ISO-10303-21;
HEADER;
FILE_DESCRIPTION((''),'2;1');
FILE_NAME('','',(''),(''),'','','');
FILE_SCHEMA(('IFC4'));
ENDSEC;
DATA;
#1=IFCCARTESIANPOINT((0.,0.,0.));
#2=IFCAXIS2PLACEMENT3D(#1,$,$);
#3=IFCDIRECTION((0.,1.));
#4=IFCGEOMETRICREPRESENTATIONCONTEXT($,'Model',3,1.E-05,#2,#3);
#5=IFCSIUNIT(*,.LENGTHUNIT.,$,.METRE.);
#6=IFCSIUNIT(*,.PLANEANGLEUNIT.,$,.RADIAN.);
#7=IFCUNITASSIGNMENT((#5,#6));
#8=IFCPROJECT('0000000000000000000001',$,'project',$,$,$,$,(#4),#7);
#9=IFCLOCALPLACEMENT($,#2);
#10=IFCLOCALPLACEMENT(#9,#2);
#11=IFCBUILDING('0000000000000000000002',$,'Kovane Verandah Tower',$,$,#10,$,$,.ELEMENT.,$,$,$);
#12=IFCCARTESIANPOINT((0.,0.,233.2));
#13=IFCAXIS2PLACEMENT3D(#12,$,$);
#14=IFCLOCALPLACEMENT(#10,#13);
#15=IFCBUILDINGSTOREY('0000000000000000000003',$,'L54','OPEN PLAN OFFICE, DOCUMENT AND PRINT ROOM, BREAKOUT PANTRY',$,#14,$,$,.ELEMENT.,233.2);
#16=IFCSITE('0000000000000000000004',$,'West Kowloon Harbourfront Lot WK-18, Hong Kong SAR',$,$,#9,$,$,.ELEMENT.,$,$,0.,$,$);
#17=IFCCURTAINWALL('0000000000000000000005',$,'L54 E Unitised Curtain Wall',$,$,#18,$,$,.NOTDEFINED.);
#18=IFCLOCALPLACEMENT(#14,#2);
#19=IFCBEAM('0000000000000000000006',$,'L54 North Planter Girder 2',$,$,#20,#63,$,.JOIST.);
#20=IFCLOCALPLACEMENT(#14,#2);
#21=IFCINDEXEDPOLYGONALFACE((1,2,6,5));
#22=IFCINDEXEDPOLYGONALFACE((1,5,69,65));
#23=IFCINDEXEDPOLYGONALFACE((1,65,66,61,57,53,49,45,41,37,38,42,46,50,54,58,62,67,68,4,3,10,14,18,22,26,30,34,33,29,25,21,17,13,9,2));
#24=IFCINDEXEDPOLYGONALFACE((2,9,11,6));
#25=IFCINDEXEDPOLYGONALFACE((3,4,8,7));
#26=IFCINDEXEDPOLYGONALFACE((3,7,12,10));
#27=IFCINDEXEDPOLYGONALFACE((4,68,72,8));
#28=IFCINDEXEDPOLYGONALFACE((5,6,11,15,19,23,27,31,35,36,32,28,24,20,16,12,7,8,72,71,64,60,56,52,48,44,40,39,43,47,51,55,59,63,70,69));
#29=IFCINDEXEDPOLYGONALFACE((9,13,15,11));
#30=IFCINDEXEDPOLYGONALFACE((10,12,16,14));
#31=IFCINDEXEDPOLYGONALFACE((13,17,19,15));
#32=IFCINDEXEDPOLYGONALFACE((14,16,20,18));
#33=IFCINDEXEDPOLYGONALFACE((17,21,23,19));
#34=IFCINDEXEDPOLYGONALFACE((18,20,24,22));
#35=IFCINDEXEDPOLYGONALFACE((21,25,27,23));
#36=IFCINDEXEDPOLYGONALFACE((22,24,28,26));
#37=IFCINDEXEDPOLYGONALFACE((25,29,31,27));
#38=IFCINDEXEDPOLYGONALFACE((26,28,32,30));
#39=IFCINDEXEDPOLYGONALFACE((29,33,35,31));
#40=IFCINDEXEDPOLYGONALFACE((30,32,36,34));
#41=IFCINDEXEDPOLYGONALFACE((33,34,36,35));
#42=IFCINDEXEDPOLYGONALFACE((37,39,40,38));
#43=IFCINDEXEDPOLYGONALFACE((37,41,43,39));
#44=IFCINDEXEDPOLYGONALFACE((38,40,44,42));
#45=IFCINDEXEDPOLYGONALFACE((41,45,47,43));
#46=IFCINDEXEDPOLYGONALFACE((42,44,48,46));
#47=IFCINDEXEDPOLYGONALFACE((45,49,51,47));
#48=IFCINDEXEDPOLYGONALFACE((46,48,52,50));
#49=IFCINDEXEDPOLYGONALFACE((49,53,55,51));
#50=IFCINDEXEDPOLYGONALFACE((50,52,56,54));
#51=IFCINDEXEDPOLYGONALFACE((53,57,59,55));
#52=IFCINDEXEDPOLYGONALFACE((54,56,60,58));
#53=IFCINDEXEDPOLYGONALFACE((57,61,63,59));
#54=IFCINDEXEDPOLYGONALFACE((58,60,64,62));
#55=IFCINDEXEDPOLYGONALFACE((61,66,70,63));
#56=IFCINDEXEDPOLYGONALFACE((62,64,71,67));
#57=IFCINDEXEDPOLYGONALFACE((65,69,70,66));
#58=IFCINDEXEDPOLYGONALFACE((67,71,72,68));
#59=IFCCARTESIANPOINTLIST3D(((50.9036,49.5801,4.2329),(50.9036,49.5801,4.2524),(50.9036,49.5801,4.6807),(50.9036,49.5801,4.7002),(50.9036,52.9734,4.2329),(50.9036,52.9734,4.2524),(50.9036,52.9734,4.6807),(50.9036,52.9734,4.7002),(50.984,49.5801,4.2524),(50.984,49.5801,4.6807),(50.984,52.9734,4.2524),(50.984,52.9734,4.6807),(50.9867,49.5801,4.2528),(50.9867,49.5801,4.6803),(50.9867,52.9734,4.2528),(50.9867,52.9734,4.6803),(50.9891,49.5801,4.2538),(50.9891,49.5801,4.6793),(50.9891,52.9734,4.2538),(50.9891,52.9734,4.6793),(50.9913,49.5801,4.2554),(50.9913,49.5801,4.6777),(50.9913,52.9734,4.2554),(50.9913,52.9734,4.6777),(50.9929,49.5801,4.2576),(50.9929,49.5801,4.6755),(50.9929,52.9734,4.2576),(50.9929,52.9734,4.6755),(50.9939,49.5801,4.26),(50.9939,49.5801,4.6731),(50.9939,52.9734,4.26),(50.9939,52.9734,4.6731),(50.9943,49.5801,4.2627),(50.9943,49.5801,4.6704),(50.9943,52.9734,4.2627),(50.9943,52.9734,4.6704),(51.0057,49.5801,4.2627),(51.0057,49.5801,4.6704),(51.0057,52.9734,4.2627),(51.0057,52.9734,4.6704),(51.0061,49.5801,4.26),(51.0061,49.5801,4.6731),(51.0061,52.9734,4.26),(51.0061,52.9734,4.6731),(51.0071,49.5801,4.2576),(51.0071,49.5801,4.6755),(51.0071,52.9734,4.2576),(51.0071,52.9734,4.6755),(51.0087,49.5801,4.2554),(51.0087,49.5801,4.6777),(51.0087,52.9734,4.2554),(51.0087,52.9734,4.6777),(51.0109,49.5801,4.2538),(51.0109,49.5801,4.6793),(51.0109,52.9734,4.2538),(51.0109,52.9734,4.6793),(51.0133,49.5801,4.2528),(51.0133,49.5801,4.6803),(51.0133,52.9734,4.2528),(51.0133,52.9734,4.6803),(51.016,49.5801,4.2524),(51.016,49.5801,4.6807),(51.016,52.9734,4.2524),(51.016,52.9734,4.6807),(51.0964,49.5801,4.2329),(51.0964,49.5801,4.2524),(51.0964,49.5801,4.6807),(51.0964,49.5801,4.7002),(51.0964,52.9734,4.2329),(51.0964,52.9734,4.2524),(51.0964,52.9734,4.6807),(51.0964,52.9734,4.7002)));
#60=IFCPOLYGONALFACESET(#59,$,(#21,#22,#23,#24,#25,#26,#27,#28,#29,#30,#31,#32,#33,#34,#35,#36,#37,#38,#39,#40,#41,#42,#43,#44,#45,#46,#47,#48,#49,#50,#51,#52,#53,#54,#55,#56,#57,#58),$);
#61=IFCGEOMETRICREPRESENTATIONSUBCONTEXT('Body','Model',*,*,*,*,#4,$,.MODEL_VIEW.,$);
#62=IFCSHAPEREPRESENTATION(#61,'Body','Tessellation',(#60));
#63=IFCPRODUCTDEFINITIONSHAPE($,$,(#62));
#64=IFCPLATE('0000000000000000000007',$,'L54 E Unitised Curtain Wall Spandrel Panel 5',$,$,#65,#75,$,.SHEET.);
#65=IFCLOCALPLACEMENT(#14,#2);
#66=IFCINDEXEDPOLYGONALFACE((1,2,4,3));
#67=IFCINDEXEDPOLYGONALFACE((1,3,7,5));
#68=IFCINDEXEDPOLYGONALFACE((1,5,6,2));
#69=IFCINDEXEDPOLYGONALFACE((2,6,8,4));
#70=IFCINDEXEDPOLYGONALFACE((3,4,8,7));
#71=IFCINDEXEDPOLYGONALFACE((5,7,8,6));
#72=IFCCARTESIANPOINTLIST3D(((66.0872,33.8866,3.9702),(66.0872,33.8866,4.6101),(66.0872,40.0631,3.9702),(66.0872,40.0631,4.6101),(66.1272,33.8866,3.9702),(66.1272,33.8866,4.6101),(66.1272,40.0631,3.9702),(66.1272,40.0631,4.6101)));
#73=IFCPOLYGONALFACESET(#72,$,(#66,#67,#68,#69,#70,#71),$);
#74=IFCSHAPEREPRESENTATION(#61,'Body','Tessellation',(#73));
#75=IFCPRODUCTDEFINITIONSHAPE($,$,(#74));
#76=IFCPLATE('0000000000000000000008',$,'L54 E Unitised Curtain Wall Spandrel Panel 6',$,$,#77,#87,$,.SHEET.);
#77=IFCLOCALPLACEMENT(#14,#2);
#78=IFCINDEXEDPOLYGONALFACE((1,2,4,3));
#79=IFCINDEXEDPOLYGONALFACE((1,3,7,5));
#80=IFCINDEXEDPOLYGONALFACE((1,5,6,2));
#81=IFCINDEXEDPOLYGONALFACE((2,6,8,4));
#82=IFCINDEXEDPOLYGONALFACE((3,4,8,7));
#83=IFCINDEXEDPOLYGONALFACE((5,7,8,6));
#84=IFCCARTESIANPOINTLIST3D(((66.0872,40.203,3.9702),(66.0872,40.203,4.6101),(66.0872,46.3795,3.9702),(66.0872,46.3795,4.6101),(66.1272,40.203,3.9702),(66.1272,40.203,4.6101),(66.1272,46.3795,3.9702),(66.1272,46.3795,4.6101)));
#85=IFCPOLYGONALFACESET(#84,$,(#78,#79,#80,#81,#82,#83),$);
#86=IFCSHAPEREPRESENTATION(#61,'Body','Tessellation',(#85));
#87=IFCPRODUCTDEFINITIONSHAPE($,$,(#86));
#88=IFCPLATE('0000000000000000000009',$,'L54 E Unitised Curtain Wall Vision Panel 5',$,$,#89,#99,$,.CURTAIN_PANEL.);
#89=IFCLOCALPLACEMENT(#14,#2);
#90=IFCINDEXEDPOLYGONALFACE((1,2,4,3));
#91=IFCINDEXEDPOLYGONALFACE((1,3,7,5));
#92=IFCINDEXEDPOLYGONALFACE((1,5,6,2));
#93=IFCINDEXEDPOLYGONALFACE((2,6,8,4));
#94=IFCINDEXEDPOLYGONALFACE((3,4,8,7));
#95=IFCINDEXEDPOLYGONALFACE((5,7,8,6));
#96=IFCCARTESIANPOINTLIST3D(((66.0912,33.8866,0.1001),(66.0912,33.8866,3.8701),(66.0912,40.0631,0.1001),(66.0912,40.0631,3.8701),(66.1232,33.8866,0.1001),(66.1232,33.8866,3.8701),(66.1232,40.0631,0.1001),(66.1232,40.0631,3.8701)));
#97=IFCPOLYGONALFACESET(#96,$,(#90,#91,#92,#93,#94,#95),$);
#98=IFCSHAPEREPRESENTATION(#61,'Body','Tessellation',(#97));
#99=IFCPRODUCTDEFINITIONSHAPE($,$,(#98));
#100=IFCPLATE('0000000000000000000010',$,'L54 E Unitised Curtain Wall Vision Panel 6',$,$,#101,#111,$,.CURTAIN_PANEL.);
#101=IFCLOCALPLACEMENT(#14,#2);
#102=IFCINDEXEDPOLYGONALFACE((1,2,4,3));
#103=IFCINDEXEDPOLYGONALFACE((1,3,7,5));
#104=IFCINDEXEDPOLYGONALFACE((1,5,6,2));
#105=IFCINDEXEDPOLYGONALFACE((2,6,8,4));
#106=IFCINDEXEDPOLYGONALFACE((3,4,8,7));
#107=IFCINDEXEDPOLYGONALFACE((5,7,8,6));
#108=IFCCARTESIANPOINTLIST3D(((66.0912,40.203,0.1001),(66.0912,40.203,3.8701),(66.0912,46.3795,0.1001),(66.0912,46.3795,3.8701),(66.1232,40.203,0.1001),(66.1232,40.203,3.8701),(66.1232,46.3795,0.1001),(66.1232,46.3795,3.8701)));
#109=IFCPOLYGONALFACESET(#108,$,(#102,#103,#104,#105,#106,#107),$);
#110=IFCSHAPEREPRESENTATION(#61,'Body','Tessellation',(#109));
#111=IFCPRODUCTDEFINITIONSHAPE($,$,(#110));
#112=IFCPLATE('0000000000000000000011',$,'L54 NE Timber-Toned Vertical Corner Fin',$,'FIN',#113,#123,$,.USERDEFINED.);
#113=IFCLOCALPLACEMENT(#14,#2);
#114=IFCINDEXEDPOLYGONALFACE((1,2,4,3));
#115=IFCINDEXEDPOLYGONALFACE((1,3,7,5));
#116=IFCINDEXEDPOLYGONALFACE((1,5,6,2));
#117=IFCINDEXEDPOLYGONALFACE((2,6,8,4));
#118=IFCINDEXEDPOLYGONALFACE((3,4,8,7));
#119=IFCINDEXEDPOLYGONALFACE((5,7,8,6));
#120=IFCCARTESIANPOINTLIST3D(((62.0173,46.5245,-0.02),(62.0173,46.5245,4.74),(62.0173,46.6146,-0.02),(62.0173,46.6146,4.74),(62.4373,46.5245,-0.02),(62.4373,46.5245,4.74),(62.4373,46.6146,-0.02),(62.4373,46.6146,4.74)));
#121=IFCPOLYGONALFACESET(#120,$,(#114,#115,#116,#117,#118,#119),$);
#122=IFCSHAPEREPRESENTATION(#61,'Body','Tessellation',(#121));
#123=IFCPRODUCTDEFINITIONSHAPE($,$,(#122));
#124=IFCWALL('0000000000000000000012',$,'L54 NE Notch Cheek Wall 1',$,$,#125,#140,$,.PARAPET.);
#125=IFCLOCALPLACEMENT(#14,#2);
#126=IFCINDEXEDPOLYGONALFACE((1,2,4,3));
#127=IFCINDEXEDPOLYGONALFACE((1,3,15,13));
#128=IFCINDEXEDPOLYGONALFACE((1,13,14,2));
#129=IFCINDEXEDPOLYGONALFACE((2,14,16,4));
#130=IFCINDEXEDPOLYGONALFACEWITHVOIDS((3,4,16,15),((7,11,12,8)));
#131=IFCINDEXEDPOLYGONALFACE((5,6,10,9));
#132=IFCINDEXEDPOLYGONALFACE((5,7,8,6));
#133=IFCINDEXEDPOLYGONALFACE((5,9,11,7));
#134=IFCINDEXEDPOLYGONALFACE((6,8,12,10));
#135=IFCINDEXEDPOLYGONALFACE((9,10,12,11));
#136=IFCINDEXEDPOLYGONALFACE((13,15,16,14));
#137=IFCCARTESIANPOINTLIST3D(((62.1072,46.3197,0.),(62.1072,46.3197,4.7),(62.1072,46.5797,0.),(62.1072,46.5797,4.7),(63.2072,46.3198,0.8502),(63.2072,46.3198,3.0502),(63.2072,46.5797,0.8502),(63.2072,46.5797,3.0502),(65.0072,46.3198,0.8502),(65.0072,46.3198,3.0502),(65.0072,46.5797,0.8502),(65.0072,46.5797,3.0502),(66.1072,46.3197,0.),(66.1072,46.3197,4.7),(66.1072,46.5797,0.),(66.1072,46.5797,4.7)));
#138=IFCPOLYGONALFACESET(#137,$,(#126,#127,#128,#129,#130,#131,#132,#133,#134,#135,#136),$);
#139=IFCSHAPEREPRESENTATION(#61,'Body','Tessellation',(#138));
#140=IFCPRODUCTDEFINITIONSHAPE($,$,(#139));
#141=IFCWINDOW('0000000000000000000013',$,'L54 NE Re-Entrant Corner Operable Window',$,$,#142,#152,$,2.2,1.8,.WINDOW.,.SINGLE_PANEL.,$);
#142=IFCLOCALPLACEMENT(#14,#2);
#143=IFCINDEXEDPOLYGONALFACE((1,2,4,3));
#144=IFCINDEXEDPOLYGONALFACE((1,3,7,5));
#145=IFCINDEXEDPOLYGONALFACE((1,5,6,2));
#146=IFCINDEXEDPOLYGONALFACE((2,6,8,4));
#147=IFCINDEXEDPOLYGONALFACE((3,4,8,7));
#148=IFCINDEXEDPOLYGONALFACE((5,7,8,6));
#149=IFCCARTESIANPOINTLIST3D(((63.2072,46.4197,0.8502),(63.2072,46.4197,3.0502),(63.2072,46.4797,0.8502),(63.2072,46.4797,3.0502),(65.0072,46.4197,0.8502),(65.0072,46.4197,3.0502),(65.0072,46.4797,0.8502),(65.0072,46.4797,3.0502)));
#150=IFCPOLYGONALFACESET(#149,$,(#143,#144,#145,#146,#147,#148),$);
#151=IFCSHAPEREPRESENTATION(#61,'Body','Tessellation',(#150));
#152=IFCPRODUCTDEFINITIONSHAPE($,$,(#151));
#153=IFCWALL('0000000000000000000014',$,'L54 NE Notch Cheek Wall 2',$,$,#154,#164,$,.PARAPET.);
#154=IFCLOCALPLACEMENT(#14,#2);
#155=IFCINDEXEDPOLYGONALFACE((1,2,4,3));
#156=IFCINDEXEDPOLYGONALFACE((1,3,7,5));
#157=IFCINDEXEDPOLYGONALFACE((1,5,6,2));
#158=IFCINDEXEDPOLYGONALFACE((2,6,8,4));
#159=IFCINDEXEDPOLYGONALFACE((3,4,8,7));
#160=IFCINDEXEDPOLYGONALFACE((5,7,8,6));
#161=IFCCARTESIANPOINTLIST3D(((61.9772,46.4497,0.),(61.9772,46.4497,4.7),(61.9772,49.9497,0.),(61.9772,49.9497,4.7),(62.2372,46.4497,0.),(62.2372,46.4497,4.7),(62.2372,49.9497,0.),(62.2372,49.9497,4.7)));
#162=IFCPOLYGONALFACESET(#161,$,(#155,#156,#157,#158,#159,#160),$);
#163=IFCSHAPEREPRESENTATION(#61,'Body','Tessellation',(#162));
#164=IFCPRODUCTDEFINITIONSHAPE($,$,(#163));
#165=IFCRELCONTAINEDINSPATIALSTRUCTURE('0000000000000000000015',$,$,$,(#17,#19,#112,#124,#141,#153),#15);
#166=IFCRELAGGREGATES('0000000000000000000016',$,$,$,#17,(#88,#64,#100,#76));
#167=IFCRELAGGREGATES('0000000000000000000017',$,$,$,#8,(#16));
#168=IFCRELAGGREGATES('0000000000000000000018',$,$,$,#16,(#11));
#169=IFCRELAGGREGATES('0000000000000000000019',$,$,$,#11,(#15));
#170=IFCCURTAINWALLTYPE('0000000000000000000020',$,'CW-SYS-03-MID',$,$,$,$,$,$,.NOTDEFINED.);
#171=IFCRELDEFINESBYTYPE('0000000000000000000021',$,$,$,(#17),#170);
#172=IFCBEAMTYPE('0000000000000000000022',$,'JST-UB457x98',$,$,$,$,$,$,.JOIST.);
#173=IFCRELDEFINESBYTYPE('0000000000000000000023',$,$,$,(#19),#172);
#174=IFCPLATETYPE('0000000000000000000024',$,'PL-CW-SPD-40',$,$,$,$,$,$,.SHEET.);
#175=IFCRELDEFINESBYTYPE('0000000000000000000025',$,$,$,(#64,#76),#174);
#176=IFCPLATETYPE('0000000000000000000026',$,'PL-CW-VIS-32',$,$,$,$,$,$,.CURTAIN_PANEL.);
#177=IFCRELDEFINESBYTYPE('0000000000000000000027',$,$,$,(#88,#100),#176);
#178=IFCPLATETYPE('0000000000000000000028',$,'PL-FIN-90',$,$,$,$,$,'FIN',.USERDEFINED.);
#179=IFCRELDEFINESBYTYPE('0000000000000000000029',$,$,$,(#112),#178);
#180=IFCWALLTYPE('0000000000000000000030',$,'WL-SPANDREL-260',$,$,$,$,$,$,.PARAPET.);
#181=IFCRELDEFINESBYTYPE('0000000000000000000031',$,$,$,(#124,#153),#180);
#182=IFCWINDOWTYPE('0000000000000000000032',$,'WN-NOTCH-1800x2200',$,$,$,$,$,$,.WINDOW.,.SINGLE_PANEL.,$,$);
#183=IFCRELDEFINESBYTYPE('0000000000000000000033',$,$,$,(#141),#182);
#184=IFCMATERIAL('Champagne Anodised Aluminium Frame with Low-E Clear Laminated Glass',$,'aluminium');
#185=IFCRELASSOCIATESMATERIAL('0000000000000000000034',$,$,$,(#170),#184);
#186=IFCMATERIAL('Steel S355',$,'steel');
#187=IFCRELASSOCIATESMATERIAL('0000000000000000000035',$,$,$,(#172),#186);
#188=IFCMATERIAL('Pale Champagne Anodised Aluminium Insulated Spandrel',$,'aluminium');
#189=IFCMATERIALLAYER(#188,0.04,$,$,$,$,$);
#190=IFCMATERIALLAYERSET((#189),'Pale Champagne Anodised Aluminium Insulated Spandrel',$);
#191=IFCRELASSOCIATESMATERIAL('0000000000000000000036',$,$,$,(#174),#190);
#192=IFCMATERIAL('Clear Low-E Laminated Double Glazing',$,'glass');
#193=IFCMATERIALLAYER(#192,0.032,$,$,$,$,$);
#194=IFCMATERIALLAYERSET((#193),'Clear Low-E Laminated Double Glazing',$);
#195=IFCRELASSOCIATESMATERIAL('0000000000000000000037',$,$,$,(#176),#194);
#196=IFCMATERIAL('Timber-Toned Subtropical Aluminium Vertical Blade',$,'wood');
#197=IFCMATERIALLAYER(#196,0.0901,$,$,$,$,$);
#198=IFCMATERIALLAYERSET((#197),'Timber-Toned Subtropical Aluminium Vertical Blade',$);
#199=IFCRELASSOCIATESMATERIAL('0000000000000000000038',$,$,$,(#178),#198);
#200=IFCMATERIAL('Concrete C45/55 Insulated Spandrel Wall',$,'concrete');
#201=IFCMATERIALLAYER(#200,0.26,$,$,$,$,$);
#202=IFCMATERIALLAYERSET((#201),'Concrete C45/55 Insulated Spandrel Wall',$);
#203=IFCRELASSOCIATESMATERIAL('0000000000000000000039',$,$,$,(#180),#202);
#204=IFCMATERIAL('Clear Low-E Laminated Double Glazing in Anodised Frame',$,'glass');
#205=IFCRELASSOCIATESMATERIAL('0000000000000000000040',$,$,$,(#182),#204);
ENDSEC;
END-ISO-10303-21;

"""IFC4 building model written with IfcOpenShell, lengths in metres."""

from ifc_helpers import new_model, si_unit, direction, frame, frame_2d, origin, origin_2d, place, context, subcontext, project, spatial, rectangle, i_section, extrude, material, layer, layer_set, material_profile, profile_set, type_object, element, fill, aggregate, save


model = new_model("IFC4")

# Units and contexts
model_context = context("Model", 3, precision=1e-05, world=origin(), true_north=direction((0.0, 1.0)))
body_context = subcontext(model_context, "Body", "Model", "MODEL_VIEW")
ifc_project = project(units=[si_unit("LENGTHUNIT", "METRE"), si_unit("PLANEANGLEUNIT", "RADIAN")], contexts=[model_context])

# Site, building, storey
site_placement = place(None, origin())
site = spatial("IfcSite", under=ifc_project, at=site_placement, Name="West Kowloon Harbourfront Lot WK-18, Hong Kong SAR", CompositionType="ELEMENT", RefElevation=0.0)
building_placement = place(site_placement, origin())
building = spatial("IfcBuilding", under=site, at=building_placement, Name="Kovane Verandah Tower", CompositionType="ELEMENT")
storey_placement = place(building_placement, frame((0.0, 0.0, 233.2)))
storey = spatial("IfcBuildingStorey", under=building, at=storey_placement, Name="L54", Description="OPEN PLAN OFFICE, DOCUMENT AND PRINT ROOM, BREAKOUT PANTRY", CompositionType="ELEMENT", Elevation=233.2)

# Shared definitions
ifc_material_1 = material(Name="Steel S355", Category="steel")

# Curtain wall
ifc_material_2 = material(Name="Champagne Anodised Aluminium Frame with Low-E Clear Laminated Glass", Category="aluminium")
curtain_wall_type = type_object("IfcCurtainWallType", Name="CW-SYS-03-MID", PredefinedType="NOTDEFINED", material=ifc_material_2)
curtain_wall_placement = place(storey_placement, origin())
curtain_wall = element("IfcCurtainWall", 1, at=curtain_wall_placement, inside=storey, type_object=curtain_wall_type, Name="L54 E Unitised Curtain Wall", PredefinedType="NOTDEFINED")

# Beam
ifc_material_profile_1 = material_profile(ifc_material_1, i_section(OverallWidth=0.1929, OverallDepth=0.4673, WebThickness=0.0115, FlangeThickness=0.0195, FilletRadius=0.0103, at=origin_2d()), Name="UB457x191x98")
ifc_profile_set_1 = profile_set([ifc_material_profile_1], Name="Steel S355")
beam_type_1 = type_object("IfcBeamType", Name="JST-UB457x98", PredefinedType="JOIST", material=ifc_profile_set_1)
beam_1_placement = place(storey_placement, frame((51.0, 49.5801, 4.4666), z_axis=(0.0, 1.0, 0.0), x_axis=(-1.0, 0.0, 0.0)))
element("IfcBeam", 2, at=beam_1_placement, inside=storey, type_object=beam_type_1, Name="L54 North Planter Girder 2", PredefinedType="JOIST", context=body_context, shape_type="SweptSolid", body=[
    extrude(i_section(OverallWidth=0.1929, OverallDepth=0.4673, WebThickness=0.0115, FlangeThickness=0.0195, FilletRadius=0.0103, at=origin_2d()), origin(), (0.0, 0.0, 1.0), 3.3933),
])

# Plates
ifc_material_3 = material(Name="Pale Champagne Anodised Aluminium Insulated Spandrel", Category="aluminium")
ifc_layer_1 = layer(ifc_material_3, 0.04)
ifc_layer_set_1 = layer_set([ifc_layer_1], Name="Pale Champagne Anodised Aluminium Insulated Spandrel")
plate_type_1 = type_object("IfcPlateType", Name="PL-CW-SPD-40", PredefinedType="SHEET", material=ifc_layer_set_1)
plate_1_placement = place(storey_placement, frame((66.1072, 36.9749, 3.9702), z_axis=(0.0, 0.0, 1.0), x_axis=(0.0, 1.0, 0.0)))
plate_1 = element("IfcPlate", 3, at=plate_1_placement, type_object=plate_type_1, Name="L54 E Unitised Curtain Wall Spandrel Panel 5", PredefinedType="SHEET", context=body_context, shape_type="SweptSolid", body=[
    extrude(rectangle(XDim=6.1765, YDim=0.04, at=origin_2d()), origin(), (0.0, 0.0, 1.0), 0.6399),
])
plate_2_placement = place(storey_placement, frame((66.1072, 43.2913, 3.9702), z_axis=(0.0, 0.0, 1.0), x_axis=(0.0, 1.0, 0.0)))
plate_2 = element("IfcPlate", 4, at=plate_2_placement, type_object=plate_type_1, Name="L54 E Unitised Curtain Wall Spandrel Panel 6", PredefinedType="SHEET", context=body_context, shape_type="SweptSolid", body=[
    extrude(rectangle(XDim=6.1765, YDim=0.04, at=origin_2d()), origin(), (0.0, 0.0, 1.0), 0.6399),
])
ifc_material_4 = material(Name="Clear Low-E Laminated Double Glazing", Category="glass")
ifc_layer_2 = layer(ifc_material_4, 0.032)
ifc_layer_set_2 = layer_set([ifc_layer_2], Name="Clear Low-E Laminated Double Glazing")
plate_type_2 = type_object("IfcPlateType", Name="PL-CW-VIS-32", PredefinedType="CURTAIN_PANEL", material=ifc_layer_set_2)
plate_3_placement = place(storey_placement, frame((66.1072, 36.9749, 0.1001), z_axis=(0.0, 0.0, 1.0), x_axis=(0.0, 1.0, 0.0)))
plate_3 = element("IfcPlate", 5, at=plate_3_placement, type_object=plate_type_2, Name="L54 E Unitised Curtain Wall Vision Panel 5", PredefinedType="CURTAIN_PANEL", context=body_context, shape_type="SweptSolid", body=[
    extrude(rectangle(XDim=6.1765, YDim=0.032, at=origin_2d()), origin(), (0.0, 0.0, 1.0), 3.77),
])
plate_4_placement = place(storey_placement, frame((66.1072, 43.2913, 0.1001), z_axis=(0.0, 0.0, 1.0), x_axis=(0.0, 1.0, 0.0)))
plate_4 = element("IfcPlate", 6, at=plate_4_placement, type_object=plate_type_2, Name="L54 E Unitised Curtain Wall Vision Panel 6", PredefinedType="CURTAIN_PANEL", context=body_context, shape_type="SweptSolid", body=[
    extrude(rectangle(XDim=6.1765, YDim=0.032, at=origin_2d()), origin(), (0.0, 0.0, 1.0), 3.77),
])
aggregate(curtain_wall, [plate_3, plate_1, plate_4, plate_2])
ifc_material_5 = material(Name="Timber-Toned Subtropical Aluminium Vertical Blade", Category="wood")
ifc_layer_3 = layer(ifc_material_5, 0.0901)
ifc_layer_set_3 = layer_set([ifc_layer_3], Name="Timber-Toned Subtropical Aluminium Vertical Blade")
plate_type_3 = type_object("IfcPlateType", Name="PL-FIN-90", ElementType="FIN", PredefinedType="USERDEFINED", material=ifc_layer_set_3)
plate_5_placement = place(storey_placement, frame((62.2273, 46.5696, -0.02), z_axis=(0.0, 0.0, 1.0), x_axis=(1.0, 0.0, 0.0)))
element("IfcPlate", 7, at=plate_5_placement, inside=storey, type_object=plate_type_3, Name="L54 NE Timber-Toned Vertical Corner Fin", ObjectType="FIN", PredefinedType="USERDEFINED", context=body_context, shape_type="SweptSolid", body=[
    extrude(rectangle(XDim=0.4199, YDim=0.0901, at=origin_2d()), origin(), (0.0, 0.0, 1.0), 4.76),
])

# Shared definitions
ifc_material_6 = material(Name="Concrete C45/55 Insulated Spandrel Wall", Category="concrete")
ifc_layer_4 = layer(ifc_material_6, 0.26)
ifc_layer_set_4 = layer_set([ifc_layer_4], Name="Concrete C45/55 Insulated Spandrel Wall")
wall_type = type_object("IfcWallType", Name="WL-SPANDREL-260", PredefinedType="PARAPET", material=ifc_layer_set_4)
ifc_material_7 = material(Name="Clear Low-E Laminated Double Glazing in Anodised Frame", Category="glass")

# Wall, opening, window
wall_1_placement = place(storey_placement, frame((66.1072, 46.4497, 0.0), z_axis=(0.0, 0.0, 1.0), x_axis=(-1.0, 0.0, 0.0)))
wall_1 = element("IfcWall", 8, at=wall_1_placement, inside=storey, type_object=wall_type, Name="L54 NE Notch Cheek Wall 1", PredefinedType="PARAPET", context=body_context, shape_type="SweptSolid", body=[
    extrude(rectangle(XDim=4.0, YDim=0.26, at=frame_2d((2.0, 0.0))), origin(), (0.0, 0.0, 1.0), 4.7),
])
opening_1_placement = place(wall_1_placement, frame((1.1001, 0.0, 0.8501)))
opening_1 = element("IfcOpeningElement", 9, at=opening_1_placement, cuts=wall_1, PredefinedType="OPENING", context=body_context, shape_type="SweptSolid", body=[
    extrude(rectangle(XDim=1.8, YDim=2.2, at=frame_2d((0.8999, 1.1001))), frame((0.0, 0.1299, 0.0), z_axis=(0.0, -1.0, 0.0), x_axis=(1.0, 0.0, 0.0)), (0.0, 0.0, 1.0), 0.26),
])
window_type_1 = type_object("IfcWindowType", Name="WN-NOTCH-1800x2200", PartitioningType="SINGLE_PANEL", PredefinedType="WINDOW", material=ifc_material_7)
window_1_placement = place(opening_1_placement, origin())
window_1 = element("IfcWindow", 10, at=window_1_placement, inside=storey, type_object=window_type_1, Name="L54 NE Re-Entrant Corner Operable Window", OverallHeight=2.2, OverallWidth=1.8, PartitioningType="SINGLE_PANEL", PredefinedType="WINDOW", context=body_context, shape_type="SweptSolid", body=[
    extrude(rectangle(XDim=1.8, YDim=2.2, at=frame_2d((0.8999, 1.1001))), frame((0.0, 0.03, 0.0), z_axis=(0.0, -1.0, 0.0), x_axis=(1.0, 0.0, 0.0)), (0.0, 0.0, 1.0), 0.0601),
])
fill(opening_1, window_1)

# Wall
wall_2_placement = place(storey_placement, frame((62.1072, 46.4497, 0.0), z_axis=(0.0, 0.0, 1.0), x_axis=(0.0, 1.0, 0.0)))
element("IfcWall", 11, at=wall_2_placement, inside=storey, type_object=wall_type, Name="L54 NE Notch Cheek Wall 2", PredefinedType="PARAPET", context=body_context, shape_type="SweptSolid", body=[
    extrude(rectangle(XDim=3.5, YDim=0.26, at=frame_2d((1.75, 0.0))), origin(), (0.0, 0.0, 1.0), 4.7),
])

save(model, "model.ifc")
